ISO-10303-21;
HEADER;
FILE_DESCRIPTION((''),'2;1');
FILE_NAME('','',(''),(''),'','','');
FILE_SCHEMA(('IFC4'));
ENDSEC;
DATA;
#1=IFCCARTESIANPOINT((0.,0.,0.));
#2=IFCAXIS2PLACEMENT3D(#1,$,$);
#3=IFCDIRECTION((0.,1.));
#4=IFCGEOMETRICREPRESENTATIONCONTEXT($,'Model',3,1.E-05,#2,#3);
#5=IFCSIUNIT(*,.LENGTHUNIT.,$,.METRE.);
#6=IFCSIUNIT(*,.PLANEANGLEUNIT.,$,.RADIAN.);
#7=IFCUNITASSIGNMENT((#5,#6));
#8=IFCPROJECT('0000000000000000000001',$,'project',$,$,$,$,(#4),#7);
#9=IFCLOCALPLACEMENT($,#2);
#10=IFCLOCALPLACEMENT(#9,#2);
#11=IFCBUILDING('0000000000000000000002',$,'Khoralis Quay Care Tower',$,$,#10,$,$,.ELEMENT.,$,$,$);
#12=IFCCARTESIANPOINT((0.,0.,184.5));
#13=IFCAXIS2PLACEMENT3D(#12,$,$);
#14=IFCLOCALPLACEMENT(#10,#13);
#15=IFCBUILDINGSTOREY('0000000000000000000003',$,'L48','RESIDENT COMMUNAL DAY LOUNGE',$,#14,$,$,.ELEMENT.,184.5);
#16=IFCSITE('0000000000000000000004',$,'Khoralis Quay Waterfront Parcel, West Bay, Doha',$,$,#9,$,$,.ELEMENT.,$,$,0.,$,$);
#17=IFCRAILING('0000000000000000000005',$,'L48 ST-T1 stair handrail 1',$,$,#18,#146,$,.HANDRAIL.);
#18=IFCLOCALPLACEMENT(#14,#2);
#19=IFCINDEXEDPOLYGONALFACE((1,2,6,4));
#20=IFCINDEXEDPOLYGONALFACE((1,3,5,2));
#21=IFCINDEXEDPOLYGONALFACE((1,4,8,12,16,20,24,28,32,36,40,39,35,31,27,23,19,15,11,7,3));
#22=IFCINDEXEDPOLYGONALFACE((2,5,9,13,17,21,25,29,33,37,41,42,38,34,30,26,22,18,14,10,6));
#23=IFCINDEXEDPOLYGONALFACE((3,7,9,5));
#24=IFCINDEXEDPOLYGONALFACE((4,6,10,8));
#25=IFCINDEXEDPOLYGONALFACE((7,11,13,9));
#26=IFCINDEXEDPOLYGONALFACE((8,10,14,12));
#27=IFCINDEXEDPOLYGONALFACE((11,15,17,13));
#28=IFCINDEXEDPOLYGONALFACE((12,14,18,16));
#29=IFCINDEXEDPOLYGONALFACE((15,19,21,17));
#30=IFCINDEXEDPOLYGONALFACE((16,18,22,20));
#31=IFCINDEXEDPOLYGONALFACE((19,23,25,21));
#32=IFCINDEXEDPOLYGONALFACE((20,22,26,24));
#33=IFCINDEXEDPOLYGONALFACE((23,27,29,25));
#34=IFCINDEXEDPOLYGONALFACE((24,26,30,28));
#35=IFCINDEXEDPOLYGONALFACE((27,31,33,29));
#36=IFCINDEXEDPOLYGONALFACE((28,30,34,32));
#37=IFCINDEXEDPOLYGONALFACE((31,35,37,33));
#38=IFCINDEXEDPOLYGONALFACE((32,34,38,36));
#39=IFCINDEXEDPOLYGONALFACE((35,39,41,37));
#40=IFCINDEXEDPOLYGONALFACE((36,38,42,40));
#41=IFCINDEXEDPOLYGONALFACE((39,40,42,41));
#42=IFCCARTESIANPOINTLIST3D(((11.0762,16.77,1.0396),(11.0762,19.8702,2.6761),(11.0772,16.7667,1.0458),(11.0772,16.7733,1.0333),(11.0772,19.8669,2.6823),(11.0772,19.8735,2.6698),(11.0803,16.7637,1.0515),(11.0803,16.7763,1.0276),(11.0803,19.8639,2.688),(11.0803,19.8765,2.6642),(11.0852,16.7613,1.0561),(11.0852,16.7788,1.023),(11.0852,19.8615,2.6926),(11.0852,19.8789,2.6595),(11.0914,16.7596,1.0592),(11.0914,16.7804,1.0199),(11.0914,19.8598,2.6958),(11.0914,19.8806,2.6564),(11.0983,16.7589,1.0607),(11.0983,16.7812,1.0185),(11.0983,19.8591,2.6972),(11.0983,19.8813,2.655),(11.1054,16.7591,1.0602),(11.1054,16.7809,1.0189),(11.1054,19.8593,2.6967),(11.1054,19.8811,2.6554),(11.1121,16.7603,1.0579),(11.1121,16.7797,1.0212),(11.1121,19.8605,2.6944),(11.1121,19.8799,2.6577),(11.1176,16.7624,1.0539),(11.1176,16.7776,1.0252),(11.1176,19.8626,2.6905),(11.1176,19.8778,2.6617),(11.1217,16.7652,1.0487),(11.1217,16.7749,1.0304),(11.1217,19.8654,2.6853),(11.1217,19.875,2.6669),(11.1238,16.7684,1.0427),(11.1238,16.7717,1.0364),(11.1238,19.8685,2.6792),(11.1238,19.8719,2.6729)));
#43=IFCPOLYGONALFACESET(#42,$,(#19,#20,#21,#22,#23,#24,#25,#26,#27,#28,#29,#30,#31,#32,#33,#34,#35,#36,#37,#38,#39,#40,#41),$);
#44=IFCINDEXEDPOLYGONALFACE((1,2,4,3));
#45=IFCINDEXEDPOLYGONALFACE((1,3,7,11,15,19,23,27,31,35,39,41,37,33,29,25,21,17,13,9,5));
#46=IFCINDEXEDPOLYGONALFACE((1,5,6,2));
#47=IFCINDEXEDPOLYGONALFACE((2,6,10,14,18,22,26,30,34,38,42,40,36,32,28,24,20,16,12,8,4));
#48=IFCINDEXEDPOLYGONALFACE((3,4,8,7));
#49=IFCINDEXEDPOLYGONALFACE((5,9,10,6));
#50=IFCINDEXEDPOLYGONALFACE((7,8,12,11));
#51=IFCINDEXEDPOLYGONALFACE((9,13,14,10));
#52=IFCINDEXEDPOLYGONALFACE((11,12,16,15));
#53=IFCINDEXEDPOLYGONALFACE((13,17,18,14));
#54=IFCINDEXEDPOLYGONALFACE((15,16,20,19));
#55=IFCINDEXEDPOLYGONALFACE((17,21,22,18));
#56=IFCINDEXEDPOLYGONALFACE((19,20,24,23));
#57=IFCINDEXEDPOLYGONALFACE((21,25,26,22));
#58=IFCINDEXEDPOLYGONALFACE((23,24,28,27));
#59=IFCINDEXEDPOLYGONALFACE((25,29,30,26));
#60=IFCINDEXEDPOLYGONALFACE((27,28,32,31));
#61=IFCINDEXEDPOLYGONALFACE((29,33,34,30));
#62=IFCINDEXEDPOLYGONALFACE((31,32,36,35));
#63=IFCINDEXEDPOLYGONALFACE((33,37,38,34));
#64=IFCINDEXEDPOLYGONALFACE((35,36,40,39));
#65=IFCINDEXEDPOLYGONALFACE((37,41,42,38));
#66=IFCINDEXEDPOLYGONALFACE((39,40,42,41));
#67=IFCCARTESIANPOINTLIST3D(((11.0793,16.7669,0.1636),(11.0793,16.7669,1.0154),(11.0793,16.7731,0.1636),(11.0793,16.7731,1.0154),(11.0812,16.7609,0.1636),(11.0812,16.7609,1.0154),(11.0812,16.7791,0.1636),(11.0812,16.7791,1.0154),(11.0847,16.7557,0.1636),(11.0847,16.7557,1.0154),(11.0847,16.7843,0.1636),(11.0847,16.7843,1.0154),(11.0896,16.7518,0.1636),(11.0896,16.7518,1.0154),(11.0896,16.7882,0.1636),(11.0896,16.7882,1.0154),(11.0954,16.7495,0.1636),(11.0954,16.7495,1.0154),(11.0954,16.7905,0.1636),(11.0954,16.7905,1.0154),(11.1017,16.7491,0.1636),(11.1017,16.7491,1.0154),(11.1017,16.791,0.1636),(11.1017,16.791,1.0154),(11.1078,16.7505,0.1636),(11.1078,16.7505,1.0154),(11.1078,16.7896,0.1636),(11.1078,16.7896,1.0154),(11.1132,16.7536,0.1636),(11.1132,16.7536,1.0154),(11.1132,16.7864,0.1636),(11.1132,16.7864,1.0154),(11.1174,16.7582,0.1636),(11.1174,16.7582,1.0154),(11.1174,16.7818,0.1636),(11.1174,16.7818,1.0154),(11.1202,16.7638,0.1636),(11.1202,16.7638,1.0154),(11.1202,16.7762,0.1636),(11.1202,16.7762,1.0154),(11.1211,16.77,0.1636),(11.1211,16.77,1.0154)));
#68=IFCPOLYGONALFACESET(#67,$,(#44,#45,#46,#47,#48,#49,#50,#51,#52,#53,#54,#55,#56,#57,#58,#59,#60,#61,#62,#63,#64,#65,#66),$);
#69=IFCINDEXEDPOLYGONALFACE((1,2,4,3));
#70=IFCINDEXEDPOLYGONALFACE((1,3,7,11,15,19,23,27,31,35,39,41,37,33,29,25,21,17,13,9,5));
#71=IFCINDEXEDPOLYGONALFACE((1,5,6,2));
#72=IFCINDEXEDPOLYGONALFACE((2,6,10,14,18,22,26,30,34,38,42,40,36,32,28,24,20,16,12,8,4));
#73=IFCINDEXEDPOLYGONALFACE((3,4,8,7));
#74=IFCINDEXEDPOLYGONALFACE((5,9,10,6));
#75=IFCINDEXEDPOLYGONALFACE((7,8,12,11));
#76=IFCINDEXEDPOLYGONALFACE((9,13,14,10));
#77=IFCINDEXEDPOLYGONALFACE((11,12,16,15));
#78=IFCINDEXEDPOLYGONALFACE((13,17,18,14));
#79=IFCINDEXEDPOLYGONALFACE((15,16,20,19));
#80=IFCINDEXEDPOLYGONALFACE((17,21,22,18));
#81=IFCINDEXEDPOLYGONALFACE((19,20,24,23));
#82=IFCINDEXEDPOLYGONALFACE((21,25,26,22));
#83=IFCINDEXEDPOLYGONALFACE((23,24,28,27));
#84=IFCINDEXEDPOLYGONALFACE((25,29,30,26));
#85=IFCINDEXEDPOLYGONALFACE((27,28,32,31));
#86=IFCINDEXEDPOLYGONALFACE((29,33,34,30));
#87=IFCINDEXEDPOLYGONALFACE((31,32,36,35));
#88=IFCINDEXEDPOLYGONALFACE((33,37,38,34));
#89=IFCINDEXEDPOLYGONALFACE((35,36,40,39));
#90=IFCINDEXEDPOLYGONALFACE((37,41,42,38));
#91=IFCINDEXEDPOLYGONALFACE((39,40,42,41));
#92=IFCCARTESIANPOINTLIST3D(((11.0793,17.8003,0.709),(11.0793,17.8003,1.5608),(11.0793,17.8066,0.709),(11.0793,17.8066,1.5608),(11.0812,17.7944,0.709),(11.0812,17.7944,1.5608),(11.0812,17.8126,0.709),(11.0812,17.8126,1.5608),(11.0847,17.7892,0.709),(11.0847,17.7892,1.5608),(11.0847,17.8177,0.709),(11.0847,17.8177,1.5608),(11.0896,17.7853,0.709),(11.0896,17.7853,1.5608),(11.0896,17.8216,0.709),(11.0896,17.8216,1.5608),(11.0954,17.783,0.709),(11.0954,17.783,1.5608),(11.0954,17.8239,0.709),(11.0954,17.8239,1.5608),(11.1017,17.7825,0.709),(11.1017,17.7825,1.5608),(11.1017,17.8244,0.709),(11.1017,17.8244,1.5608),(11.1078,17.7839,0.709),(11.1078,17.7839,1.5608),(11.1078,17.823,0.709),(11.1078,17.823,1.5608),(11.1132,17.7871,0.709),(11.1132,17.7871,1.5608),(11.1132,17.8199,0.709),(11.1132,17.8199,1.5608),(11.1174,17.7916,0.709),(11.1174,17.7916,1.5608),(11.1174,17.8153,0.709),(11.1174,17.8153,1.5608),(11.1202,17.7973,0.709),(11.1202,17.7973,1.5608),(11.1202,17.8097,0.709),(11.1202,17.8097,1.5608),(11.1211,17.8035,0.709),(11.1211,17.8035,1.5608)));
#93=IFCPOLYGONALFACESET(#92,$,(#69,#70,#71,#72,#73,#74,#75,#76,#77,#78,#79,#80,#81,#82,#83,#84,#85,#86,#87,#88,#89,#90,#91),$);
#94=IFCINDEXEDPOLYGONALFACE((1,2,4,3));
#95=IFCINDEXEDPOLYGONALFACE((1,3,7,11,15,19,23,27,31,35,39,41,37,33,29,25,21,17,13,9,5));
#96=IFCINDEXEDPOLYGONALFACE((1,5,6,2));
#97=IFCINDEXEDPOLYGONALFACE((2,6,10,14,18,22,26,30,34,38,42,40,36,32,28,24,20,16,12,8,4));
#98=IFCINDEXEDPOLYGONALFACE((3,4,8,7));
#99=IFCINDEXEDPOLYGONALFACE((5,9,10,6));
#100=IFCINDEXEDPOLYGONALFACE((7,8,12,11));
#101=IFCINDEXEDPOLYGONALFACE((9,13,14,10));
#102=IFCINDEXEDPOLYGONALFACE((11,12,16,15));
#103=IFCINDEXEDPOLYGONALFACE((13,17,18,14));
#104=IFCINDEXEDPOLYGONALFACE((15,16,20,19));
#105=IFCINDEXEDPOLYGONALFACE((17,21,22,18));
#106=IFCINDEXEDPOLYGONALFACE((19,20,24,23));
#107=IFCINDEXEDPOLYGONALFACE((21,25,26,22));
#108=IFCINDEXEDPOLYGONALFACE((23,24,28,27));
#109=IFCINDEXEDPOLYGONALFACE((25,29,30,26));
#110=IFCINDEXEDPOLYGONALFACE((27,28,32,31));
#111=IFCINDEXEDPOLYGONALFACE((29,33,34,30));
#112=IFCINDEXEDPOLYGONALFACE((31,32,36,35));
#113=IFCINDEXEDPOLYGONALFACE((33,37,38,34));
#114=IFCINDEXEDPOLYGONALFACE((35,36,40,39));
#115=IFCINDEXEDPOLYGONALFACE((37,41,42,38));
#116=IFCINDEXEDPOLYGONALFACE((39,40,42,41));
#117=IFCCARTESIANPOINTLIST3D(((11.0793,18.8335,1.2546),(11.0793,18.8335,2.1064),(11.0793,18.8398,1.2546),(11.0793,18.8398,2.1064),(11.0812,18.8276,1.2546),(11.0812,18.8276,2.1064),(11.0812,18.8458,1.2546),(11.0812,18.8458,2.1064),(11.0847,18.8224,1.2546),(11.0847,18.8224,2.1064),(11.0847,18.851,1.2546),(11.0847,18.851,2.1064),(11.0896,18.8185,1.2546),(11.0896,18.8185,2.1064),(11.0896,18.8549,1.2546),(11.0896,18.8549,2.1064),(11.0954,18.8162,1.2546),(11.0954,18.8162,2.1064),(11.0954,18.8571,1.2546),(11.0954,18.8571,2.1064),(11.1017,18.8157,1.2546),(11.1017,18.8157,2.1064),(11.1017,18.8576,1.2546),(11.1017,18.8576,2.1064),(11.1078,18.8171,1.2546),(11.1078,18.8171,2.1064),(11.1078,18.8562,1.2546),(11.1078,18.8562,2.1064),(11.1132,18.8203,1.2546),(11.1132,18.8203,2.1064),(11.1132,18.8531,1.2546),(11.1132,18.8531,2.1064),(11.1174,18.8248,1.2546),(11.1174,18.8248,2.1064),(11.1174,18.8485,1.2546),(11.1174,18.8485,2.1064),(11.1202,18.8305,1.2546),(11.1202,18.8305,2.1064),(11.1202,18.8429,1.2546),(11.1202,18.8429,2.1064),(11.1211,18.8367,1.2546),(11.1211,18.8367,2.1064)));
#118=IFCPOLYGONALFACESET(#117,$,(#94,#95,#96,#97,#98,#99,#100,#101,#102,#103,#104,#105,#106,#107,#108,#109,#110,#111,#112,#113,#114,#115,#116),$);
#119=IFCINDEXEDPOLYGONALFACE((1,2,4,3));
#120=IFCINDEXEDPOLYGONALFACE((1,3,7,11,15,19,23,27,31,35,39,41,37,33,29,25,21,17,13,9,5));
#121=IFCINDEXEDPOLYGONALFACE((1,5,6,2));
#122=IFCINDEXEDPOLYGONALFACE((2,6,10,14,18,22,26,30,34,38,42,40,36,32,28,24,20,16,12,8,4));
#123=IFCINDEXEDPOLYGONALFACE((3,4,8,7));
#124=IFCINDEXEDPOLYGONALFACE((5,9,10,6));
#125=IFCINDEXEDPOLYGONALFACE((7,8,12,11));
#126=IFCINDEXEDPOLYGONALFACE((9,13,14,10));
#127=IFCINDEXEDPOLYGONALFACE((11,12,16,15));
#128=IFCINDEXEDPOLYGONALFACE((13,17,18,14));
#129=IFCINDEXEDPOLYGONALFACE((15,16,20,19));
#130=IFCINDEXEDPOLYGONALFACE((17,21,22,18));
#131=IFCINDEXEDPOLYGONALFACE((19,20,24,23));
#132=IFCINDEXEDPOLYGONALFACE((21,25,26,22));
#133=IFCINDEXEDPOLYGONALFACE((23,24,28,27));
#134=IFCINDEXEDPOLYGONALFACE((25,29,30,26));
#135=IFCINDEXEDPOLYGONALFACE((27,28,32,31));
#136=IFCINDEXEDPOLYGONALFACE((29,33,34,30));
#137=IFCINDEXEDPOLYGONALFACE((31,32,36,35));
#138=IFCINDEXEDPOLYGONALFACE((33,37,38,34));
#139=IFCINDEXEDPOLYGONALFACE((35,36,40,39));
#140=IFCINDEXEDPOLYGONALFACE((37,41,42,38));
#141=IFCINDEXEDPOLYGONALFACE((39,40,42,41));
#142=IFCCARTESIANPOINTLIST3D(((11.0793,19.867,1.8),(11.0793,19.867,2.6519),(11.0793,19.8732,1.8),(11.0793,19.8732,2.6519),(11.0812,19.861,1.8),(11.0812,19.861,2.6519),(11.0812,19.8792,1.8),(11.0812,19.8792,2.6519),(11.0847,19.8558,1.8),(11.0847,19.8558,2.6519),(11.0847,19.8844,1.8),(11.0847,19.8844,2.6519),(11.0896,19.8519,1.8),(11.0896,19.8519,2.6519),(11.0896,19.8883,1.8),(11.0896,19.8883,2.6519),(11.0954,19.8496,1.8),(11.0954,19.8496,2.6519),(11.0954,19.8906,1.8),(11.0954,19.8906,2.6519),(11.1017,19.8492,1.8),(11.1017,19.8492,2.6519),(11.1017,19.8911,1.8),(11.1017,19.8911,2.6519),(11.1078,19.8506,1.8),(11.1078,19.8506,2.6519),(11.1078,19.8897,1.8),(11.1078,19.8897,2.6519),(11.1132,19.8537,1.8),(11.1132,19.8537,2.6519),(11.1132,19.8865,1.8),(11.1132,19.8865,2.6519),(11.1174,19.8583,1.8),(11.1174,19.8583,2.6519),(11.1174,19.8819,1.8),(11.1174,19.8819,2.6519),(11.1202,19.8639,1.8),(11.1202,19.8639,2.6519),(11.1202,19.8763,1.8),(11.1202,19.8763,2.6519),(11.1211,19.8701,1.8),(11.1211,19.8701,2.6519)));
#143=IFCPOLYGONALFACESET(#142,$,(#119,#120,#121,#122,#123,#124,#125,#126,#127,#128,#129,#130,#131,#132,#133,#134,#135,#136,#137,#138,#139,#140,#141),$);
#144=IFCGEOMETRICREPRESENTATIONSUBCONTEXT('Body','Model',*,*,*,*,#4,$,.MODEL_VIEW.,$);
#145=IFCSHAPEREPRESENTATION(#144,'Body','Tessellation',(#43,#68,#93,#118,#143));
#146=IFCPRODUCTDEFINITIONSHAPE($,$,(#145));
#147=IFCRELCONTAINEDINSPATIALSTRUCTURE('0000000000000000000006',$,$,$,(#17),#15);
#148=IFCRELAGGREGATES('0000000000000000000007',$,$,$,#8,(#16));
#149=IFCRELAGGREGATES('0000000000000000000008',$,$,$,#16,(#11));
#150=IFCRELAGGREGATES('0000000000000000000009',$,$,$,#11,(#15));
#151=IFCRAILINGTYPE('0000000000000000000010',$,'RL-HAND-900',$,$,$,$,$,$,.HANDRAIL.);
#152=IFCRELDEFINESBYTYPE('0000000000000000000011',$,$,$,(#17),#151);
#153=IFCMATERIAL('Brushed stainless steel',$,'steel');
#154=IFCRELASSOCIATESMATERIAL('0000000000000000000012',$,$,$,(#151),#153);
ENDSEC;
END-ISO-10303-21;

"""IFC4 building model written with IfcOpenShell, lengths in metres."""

from ifc_helpers import new_model, si_unit, direction, frame, origin, origin_2d, place, context, subcontext, project, spatial, circle, extrude, material, type_object, element, save


model = new_model("IFC4")

# Units and contexts
model_context = context("Model", 3, precision=1e-05, world=origin(), true_north=direction((0.0, 1.0)))
body_context = subcontext(model_context, "Body", "Model", "MODEL_VIEW")
ifc_project = project(units=[si_unit("LENGTHUNIT", "METRE"), si_unit("PLANEANGLEUNIT", "RADIAN")], contexts=[model_context])

# Site, building, storey
site_placement = place(None, origin())
site = spatial("IfcSite", under=ifc_project, at=site_placement, Name="Khoralis Quay Waterfront Parcel, West Bay, Doha", CompositionType="ELEMENT", RefElevation=0.0)
building_placement = place(site_placement, origin())
building = spatial("IfcBuilding", under=site, at=building_placement, Name="Khoralis Quay Care Tower", CompositionType="ELEMENT")
storey_placement = place(building_placement, frame((0.0, 0.0, 184.5)))
storey = spatial("IfcBuildingStorey", under=building, at=storey_placement, Name="L48", Description="RESIDENT COMMUNAL DAY LOUNGE", CompositionType="ELEMENT", Elevation=184.5)

# Railing
ifc_material_1 = material(Name="Brushed stainless steel", Category="steel")
railing_type_1 = type_object("IfcRailingType", Name="RL-HAND-900", PredefinedType="HANDRAIL", material=ifc_material_1)
railing_1_placement = place(storey_placement, frame((11.1001, 16.77, 0.1636)))
element("IfcRailing", 1, at=railing_1_placement, inside=storey, type_object=railing_type_1, Name="L48 ST-T1 stair handrail 1", PredefinedType="HANDRAIL", context=body_context, shape_type="SweptSolid", body=[
    extrude(circle(Radius=0.0239, at=origin_2d()), frame((0.0, 0.0, 0.876), z_axis=(0.0, 0.884348, 0.466828), x_axis=(-1.0, 0.0, 0.0)), (0.0, 0.0, 1.0), 3.5056),
    extrude(circle(Radius=0.021, at=origin_2d()), origin(), (0.0, 0.0, 1.0), 0.8518),
    extrude(circle(Radius=0.021, at=origin_2d()), frame((0.0, 1.0334, 0.5454)), (0.0, 0.0, 1.0), 0.8518),
    extrude(circle(Radius=0.021, at=origin_2d()), frame((0.0, 2.0667, 1.0911)), (0.0, 0.0, 1.0), 0.8518),
    extrude(circle(Radius=0.021, at=origin_2d()), frame((0.0, 3.1001, 1.6365)), (0.0, 0.0, 1.0), 0.8518),
])

save(model, "model.ifc")
